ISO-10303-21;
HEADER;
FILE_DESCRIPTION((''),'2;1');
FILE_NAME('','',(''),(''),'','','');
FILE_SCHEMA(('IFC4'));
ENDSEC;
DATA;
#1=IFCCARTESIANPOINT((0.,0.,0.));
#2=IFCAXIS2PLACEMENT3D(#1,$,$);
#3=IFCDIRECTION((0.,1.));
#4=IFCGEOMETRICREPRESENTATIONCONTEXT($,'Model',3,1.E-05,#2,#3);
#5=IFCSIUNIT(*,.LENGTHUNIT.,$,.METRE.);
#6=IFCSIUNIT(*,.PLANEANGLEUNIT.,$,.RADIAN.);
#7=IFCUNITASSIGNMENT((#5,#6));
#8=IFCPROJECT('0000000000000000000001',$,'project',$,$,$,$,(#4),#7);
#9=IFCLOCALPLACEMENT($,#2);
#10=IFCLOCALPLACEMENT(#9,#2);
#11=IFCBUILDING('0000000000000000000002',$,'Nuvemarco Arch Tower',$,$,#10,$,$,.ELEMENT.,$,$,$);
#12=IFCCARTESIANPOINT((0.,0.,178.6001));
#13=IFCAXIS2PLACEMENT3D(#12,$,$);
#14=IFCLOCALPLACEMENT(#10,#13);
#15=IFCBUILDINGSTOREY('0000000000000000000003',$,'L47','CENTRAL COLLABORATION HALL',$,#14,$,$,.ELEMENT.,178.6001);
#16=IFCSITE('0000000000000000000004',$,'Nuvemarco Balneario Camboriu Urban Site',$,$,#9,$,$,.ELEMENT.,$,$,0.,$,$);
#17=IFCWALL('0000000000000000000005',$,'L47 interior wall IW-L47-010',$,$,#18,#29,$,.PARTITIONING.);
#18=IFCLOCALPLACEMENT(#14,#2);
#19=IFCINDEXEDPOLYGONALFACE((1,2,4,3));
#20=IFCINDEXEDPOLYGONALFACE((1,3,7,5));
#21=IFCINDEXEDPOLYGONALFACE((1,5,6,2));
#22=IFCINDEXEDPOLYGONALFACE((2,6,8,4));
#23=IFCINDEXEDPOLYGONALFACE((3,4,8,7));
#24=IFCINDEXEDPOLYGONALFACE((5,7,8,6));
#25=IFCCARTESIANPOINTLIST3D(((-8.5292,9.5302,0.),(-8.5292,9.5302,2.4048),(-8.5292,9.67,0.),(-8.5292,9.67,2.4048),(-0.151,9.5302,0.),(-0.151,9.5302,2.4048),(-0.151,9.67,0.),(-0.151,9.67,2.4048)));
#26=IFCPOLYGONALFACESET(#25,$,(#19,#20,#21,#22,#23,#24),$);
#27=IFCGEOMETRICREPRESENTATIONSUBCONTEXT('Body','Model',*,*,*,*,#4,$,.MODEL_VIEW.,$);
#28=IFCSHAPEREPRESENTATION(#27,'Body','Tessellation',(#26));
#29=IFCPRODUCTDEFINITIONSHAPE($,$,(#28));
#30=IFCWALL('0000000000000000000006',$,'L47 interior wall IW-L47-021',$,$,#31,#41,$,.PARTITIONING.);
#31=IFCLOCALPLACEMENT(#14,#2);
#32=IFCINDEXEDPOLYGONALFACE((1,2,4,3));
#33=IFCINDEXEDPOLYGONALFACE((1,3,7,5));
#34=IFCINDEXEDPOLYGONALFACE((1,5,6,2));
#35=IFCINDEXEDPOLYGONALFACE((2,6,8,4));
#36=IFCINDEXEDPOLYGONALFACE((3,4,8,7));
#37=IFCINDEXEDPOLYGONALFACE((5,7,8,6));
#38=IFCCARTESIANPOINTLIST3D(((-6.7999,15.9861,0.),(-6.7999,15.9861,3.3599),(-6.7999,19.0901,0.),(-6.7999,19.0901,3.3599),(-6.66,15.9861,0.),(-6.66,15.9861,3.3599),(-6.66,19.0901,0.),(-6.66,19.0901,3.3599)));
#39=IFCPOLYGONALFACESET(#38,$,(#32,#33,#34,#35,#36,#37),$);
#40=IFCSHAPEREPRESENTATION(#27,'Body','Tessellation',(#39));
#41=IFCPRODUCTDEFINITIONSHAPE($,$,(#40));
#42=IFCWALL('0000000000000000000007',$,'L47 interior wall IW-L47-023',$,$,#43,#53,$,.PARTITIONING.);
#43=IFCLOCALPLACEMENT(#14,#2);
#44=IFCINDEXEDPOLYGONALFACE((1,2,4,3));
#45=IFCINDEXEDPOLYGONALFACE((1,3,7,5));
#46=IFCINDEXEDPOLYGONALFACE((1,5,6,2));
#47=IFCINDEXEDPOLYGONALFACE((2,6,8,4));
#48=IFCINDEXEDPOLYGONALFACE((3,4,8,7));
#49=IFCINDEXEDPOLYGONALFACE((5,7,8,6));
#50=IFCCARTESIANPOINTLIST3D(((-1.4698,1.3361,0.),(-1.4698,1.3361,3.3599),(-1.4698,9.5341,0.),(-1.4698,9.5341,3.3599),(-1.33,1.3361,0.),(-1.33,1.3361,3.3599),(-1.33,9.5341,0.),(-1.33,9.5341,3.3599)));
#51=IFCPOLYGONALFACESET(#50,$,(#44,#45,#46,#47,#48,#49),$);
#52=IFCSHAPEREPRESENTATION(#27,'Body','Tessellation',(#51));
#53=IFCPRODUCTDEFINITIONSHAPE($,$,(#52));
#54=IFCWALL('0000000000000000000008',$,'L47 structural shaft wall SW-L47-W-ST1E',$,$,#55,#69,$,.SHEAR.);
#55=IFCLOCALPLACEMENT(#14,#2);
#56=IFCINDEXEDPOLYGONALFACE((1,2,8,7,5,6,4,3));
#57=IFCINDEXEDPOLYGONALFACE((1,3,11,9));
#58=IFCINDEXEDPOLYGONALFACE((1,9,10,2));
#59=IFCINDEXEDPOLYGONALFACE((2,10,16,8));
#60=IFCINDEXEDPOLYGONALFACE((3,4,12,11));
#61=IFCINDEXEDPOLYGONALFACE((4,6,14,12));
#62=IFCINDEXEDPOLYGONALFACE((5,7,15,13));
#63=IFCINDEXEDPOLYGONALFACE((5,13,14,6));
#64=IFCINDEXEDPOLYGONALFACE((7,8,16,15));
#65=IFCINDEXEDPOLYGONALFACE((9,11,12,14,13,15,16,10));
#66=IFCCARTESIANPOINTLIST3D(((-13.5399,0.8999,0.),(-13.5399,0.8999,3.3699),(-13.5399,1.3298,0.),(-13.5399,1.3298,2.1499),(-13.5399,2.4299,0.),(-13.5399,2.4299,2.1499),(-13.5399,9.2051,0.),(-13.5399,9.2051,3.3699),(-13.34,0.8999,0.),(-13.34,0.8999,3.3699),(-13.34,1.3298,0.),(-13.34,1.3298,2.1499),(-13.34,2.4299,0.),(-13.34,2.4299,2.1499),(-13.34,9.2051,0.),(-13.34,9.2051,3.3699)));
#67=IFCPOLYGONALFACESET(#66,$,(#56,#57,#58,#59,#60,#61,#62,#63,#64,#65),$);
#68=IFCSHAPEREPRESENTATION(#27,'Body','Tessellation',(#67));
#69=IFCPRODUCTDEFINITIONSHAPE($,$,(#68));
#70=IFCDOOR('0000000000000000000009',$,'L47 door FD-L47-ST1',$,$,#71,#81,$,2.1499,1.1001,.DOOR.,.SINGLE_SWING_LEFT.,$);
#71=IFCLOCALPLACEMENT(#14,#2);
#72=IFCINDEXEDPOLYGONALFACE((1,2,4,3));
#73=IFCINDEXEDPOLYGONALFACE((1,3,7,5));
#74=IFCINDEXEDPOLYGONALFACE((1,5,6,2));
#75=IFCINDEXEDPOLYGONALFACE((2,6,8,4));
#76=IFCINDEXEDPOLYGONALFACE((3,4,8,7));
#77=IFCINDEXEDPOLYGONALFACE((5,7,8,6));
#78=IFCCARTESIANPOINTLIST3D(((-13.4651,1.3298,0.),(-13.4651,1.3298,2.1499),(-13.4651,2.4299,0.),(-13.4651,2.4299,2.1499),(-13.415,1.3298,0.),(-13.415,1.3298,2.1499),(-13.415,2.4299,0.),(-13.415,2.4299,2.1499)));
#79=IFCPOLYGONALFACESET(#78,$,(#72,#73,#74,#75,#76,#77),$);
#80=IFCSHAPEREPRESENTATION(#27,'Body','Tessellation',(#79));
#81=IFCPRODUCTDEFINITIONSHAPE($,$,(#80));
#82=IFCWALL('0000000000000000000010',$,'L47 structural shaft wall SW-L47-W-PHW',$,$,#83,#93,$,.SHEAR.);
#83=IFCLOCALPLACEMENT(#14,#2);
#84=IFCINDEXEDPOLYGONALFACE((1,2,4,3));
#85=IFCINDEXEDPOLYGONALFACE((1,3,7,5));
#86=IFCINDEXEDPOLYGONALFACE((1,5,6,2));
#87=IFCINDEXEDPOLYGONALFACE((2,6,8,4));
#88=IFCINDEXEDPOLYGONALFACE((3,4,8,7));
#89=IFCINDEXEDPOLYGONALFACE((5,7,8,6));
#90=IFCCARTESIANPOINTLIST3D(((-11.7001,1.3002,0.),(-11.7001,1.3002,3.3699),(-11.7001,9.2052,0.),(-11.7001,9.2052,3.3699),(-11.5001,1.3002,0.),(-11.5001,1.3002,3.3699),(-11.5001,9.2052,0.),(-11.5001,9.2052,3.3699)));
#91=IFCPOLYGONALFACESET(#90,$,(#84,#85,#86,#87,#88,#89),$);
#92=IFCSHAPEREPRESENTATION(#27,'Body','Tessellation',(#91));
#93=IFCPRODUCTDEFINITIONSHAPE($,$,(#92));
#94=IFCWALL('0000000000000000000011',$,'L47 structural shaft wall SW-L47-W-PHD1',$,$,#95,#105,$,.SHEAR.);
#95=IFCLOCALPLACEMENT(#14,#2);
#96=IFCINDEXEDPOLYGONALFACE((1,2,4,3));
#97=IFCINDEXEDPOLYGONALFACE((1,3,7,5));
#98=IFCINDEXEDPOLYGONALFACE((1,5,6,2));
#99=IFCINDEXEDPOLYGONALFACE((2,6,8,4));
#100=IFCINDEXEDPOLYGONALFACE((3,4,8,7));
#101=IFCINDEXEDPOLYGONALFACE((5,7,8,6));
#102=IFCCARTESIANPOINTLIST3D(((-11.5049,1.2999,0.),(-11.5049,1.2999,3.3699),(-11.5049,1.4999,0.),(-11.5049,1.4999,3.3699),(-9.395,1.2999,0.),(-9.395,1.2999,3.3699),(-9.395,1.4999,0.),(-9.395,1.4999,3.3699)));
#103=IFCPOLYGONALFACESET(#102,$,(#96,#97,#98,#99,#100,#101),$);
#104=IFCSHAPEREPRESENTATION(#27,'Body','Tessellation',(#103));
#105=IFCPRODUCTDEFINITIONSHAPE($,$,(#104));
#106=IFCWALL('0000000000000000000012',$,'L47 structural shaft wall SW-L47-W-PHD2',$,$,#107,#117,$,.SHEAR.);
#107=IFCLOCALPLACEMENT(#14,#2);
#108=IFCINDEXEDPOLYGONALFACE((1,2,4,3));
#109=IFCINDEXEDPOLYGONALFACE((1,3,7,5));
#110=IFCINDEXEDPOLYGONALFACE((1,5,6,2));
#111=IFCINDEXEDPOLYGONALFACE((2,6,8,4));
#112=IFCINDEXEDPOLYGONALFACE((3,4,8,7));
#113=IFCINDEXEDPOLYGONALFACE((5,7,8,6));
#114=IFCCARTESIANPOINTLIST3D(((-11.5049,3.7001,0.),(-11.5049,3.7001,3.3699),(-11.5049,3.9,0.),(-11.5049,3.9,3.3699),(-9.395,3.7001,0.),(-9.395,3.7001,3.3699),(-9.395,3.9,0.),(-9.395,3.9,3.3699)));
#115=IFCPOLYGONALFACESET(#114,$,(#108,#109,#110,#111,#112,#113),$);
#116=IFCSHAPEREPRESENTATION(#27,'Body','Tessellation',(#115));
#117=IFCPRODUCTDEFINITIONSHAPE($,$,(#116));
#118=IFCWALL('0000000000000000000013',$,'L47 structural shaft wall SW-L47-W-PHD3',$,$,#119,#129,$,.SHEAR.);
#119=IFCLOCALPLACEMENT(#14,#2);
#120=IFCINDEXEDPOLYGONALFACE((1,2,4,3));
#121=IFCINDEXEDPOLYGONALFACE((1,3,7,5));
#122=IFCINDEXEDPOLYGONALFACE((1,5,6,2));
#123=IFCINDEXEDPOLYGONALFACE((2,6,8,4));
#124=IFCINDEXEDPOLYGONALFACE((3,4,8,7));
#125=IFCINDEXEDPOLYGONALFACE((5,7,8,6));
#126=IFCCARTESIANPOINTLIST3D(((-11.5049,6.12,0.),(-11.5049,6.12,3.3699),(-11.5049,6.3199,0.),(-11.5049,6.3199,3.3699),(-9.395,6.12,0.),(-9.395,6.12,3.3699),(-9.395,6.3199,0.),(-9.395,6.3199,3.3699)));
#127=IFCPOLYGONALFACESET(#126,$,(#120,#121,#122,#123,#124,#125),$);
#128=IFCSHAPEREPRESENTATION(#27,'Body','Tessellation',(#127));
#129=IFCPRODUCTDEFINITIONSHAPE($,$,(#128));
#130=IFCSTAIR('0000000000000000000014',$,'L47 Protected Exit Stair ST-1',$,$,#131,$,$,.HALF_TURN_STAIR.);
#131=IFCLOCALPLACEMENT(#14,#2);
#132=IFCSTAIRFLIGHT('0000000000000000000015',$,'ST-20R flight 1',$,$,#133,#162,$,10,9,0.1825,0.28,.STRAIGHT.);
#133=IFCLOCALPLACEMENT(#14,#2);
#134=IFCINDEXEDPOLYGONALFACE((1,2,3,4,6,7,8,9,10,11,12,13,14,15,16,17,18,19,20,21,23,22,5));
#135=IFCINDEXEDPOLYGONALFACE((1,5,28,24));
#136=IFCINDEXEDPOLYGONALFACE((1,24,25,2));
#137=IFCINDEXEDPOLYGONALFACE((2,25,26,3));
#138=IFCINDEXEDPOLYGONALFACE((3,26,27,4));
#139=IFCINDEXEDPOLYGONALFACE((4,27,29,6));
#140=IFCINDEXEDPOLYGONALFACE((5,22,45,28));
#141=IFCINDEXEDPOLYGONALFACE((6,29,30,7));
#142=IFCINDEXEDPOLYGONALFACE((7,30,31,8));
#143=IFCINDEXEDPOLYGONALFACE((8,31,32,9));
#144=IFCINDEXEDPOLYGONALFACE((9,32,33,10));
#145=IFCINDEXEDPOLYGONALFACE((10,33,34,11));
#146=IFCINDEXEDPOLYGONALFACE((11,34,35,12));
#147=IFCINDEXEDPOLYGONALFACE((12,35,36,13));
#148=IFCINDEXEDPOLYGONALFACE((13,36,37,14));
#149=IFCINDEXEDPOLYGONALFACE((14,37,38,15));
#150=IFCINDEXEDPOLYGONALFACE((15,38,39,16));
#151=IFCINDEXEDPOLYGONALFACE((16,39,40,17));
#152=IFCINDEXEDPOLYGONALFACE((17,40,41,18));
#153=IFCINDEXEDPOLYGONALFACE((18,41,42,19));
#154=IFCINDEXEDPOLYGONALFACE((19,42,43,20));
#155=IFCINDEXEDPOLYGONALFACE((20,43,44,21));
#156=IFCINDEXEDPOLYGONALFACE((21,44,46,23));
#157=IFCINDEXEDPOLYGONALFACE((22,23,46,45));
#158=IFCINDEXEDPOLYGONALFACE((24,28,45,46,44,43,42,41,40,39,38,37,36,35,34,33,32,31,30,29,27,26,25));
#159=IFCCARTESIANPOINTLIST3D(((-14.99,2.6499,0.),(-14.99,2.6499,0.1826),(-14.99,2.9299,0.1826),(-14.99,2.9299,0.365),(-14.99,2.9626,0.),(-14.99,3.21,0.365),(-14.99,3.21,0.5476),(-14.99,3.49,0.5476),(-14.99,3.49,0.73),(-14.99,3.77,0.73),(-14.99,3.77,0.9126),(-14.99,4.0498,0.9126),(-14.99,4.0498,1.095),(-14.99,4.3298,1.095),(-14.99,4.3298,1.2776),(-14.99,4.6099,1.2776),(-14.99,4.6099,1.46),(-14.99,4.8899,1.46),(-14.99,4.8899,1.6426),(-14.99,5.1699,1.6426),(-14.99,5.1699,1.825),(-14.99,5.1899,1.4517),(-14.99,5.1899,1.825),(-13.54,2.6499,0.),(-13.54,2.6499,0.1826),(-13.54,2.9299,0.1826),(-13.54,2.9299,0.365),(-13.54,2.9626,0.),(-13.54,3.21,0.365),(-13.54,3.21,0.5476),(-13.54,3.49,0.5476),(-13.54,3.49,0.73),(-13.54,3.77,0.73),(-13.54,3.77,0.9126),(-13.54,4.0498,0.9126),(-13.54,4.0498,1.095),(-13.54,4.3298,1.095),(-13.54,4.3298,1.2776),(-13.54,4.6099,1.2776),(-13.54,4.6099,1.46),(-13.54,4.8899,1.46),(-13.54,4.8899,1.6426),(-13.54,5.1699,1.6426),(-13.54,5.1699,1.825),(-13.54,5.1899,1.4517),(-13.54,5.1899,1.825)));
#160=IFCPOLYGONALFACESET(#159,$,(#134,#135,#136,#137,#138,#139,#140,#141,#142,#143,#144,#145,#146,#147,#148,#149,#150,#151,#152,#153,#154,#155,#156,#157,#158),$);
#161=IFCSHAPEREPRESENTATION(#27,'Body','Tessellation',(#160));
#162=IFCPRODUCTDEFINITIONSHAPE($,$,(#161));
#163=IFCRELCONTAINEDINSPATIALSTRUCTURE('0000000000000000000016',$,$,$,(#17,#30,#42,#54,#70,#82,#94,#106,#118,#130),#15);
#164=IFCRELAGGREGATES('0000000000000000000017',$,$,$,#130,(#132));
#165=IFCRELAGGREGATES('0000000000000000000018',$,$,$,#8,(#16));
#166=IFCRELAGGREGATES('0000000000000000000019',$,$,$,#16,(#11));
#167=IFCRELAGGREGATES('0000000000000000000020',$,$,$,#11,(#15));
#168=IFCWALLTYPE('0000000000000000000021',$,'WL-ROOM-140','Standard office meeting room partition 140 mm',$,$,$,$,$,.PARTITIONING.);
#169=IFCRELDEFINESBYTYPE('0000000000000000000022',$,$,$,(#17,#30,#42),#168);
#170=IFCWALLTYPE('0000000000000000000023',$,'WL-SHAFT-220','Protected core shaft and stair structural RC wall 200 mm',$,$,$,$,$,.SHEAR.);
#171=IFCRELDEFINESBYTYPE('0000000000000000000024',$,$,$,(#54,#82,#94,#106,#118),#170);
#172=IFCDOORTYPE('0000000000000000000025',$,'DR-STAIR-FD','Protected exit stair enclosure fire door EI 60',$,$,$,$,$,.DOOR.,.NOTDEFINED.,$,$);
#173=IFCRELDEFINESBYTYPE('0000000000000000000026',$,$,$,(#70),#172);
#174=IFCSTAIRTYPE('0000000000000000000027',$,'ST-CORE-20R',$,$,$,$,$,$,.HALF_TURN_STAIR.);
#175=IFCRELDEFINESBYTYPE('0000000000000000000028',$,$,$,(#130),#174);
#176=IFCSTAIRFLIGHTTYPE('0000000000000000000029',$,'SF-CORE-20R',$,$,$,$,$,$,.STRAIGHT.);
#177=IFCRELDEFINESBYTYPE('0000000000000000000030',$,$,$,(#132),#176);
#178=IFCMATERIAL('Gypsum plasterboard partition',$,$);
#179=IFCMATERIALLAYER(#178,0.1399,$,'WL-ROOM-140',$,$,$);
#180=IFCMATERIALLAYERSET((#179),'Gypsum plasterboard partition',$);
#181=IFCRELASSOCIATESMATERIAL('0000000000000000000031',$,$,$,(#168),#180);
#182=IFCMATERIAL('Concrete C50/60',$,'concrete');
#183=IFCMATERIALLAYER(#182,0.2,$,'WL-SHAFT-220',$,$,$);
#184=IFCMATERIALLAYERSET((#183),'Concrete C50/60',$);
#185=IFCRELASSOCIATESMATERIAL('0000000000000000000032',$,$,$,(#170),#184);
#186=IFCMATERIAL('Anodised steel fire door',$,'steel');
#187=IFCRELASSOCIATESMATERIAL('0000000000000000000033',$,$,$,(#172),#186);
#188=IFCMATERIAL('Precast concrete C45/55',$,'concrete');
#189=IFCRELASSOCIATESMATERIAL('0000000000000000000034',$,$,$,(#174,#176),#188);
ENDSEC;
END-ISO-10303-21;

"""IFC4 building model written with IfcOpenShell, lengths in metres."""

from ifc_helpers import new_model, si_unit, direction, frame, frame_2d, origin, place, context, subcontext, project, spatial, polyline, rectangle, outline, extrude, source, transform, mapped, material, layer, layer_set, type_object, type_shapes, element, fill, aggregate, save


model = new_model("IFC4")

# Units and contexts
model_context = context("Model", 3, precision=1e-05, world=origin(), true_north=direction((0.0, 1.0)))
body_context = subcontext(model_context, "Body", "Model", "MODEL_VIEW")
ifc_project = project(units=[si_unit("LENGTHUNIT", "METRE"), si_unit("PLANEANGLEUNIT", "RADIAN")], contexts=[model_context])

# Site, building, storey
site_placement = place(None, origin())
site = spatial("IfcSite", under=ifc_project, at=site_placement, Name="Nuvemarco Balneario Camboriu Urban Site", CompositionType="ELEMENT", RefElevation=0.0)
building_placement = place(site_placement, origin())
building = spatial("IfcBuilding", under=site, at=building_placement, Name="Nuvemarco Arch Tower", CompositionType="ELEMENT")
storey_placement = place(building_placement, frame((0.0, 0.0, 178.6001)))
storey = spatial("IfcBuildingStorey", under=building, at=storey_placement, Name="L47", Description="CENTRAL COLLABORATION HALL", CompositionType="ELEMENT", Elevation=178.6001)

# Shared definitions
ifc_material_1 = material(Name="Concrete C50/60", Category="concrete")

# Shared definitions
ifc_material_2 = material(Name="Precast concrete C45/55", Category="concrete")

# Walls
ifc_material_3 = material(Name="Gypsum plasterboard partition")
ifc_layer_1 = layer(ifc_material_3, 0.1399, Name="WL-ROOM-140")
ifc_layer_set_1 = layer_set([ifc_layer_1], Name="Gypsum plasterboard partition")
wall_type_1 = type_object("IfcWallType", Name="WL-ROOM-140", Description="Standard office meeting room partition 140 mm", PredefinedType="PARTITIONING", material=ifc_layer_set_1)
wall_1_placement = place(storey_placement, frame((-8.5291, 9.6001, 0.0), z_axis=(0.0, 0.0, 1.0), x_axis=(1.0, 0.0, 0.0)))
element("IfcWall", 1, at=wall_1_placement, inside=storey, type_object=wall_type_1, Name="L47 interior wall IW-L47-010", PredefinedType="PARTITIONING", context=body_context, shape_type="SweptSolid", body=[
    extrude(rectangle(XDim=8.3782, YDim=0.1399, at=frame_2d((4.189, 0.0))), origin(), (0.0, 0.0, 1.0), 2.4048),
])
wall_2_placement = place(storey_placement, frame((-6.73, 15.9861, 0.0), z_axis=(0.0, 0.0, 1.0), x_axis=(0.0, 1.0, 0.0)))
element("IfcWall", 2, at=wall_2_placement, inside=storey, type_object=wall_type_1, Name="L47 interior wall IW-L47-021", PredefinedType="PARTITIONING", context=body_context, shape_type="SweptSolid", body=[
    extrude(rectangle(XDim=3.104, YDim=0.1399, at=frame_2d((1.552, 0.0))), origin(), (0.0, 0.0, 1.0), 3.3599),
])
wall_3_placement = place(storey_placement, frame((-1.3999, 1.3359, 0.0), z_axis=(0.0, 0.0, 1.0), x_axis=(0.0, 1.0, 0.0)))
element("IfcWall", 3, at=wall_3_placement, inside=storey, type_object=wall_type_1, Name="L47 interior wall IW-L47-023", PredefinedType="PARTITIONING", context=body_context, shape_type="SweptSolid", body=[
    extrude(rectangle(XDim=8.198, YDim=0.1399, at=frame_2d((4.0991, 0.0))), origin(), (0.0, 0.0, 1.0), 3.3599),
])

# Wall, opening, door
ifc_layer_2 = layer(ifc_material_1, 0.2, Name="WL-SHAFT-220")
ifc_layer_set_2 = layer_set([ifc_layer_2], Name="Concrete C50/60")
wall_type_2 = type_object("IfcWallType", Name="WL-SHAFT-220", Description="Protected core shaft and stair structural RC wall 200 mm", PredefinedType="SHEAR", material=ifc_layer_set_2)
wall_4_placement = place(storey_placement, frame((-13.4399, 0.8999, 0.0), z_axis=(0.0, 0.0, 1.0), x_axis=(0.0, 1.0, 0.0)))
wall_4 = element("IfcWall", 4, at=wall_4_placement, inside=storey, type_object=wall_type_2, Name="L47 structural shaft wall SW-L47-W-ST1E", PredefinedType="SHEAR", context=body_context, shape_type="SweptSolid", body=[
    extrude(rectangle(XDim=8.3052, YDim=0.2, at=frame_2d((4.1526, 0.0))), origin(), (0.0, 0.0, 1.0), 3.3699),
])
opening_1_placement = place(wall_4_placement, frame((1.53, 0.0, 0.0), z_axis=(0.0, 0.0, 1.0), x_axis=(-1.0, 0.0, 0.0)))
opening_1 = element("IfcOpeningElement", 5, at=opening_1_placement, cuts=wall_4, PredefinedType="OPENING", context=body_context, shape_type="SweptSolid", body=[
    extrude(rectangle(XDim=1.1001, YDim=2.1499, at=frame_2d((0.55, 1.075))), frame((0.0, 0.1099, 0.0), z_axis=(0.0, -1.0, 0.0), x_axis=(1.0, 0.0, 0.0)), (0.0, 0.0, 1.0), 0.22),
])
ifc_material_4 = material(Name="Anodised steel fire door", Category="steel")
door_type_1 = type_object("IfcDoorType", Name="DR-STAIR-FD", Description="Protected exit stair enclosure fire door EI 60", OperationType="NOTDEFINED", PredefinedType="DOOR", material=ifc_material_4)
shared_shape_1 = source(origin(), body_context, "Body", "SweptSolid", [
    extrude(rectangle(XDim=1.1001, YDim=2.1499, at=frame_2d((0.55, 1.075))), frame((0.0, 0.0249, 0.0), z_axis=(0.0, -1.0, 0.0), x_axis=(1.0, 0.0, 0.0)), (0.0, 0.0, 1.0), 0.05),
])
type_shapes(door_type_1, [shared_shape_1])
door_1_placement = place(opening_1_placement, origin())
door_1 = element("IfcDoor", 6, at=door_1_placement, inside=storey, type_object=door_type_1, Name="L47 door FD-L47-ST1", OperationType="SINGLE_SWING_LEFT", OverallHeight=2.1499, OverallWidth=1.1001, PredefinedType="DOOR", context=body_context, shape_type="MappedRepresentation", body=[
    mapped(shared_shape_1, transform((0.0, 0.0, 0.0), scale=1.0)),
])
fill(opening_1, door_1)

# Walls
wall_5_placement = place(storey_placement, frame((-11.6001, 1.3, 0.0), z_axis=(0.0, 0.0, 1.0), x_axis=(0.0, 1.0, 0.0)))
element("IfcWall", 7, at=wall_5_placement, inside=storey, type_object=wall_type_2, Name="L47 structural shaft wall SW-L47-W-PHW", PredefinedType="SHEAR", context=body_context, shape_type="SweptSolid", body=[
    extrude(rectangle(XDim=7.905, YDim=0.2, at=frame_2d((3.9526, 0.0))), origin(), (0.0, 0.0, 1.0), 3.3699),
])
for number, where, z_axis, x_axis, name in (
    (8, (-11.5049, 1.3999, 0.0), (0.0, 0.0, 1.0), (1.0, 0.0, 0.0), "L47 structural shaft wall SW-L47-W-PHD1"),
    (9, (-11.5049, 3.8, 0.0), (0.0, 0.0, 1.0), (1.0, 0.0, 0.0), "L47 structural shaft wall SW-L47-W-PHD2"),
    (10, (-11.5049, 6.22, 0.0), (0.0, 0.0, 1.0), (1.0, 0.0, 0.0), "L47 structural shaft wall SW-L47-W-PHD3"),
):
    element("IfcWall", number, at=place(storey_placement, frame(where, z_axis=z_axis, x_axis=x_axis)), inside=storey, type_object=wall_type_2, Name=name, PredefinedType="SHEAR", context=body_context, shape_type="SweptSolid", body=[
        extrude(rectangle(XDim=2.1099, YDim=0.2, at=frame_2d((1.0549, 0.0))), origin(), (0.0, 0.0, 1.0), 3.3699),
    ])

# Stair, stair flight
stair_type = type_object("IfcStairType", Name="ST-CORE-20R", PredefinedType="HALF_TURN_STAIR", material=ifc_material_2)
stair_placement = place(storey_placement, origin())
stair = element("IfcStair", 11, at=stair_placement, inside=storey, type_object=stair_type, Name="L47 Protected Exit Stair ST-1", PredefinedType="HALF_TURN_STAIR")
stair_flight_type = type_object("IfcStairFlightType", Name="SF-CORE-20R", PredefinedType="STRAIGHT", material=ifc_material_2)
stair_flight_1_placement = place(storey_placement, frame((-14.2649, 2.6499, 0.0), z_axis=(0.0, 0.0, 1.0), x_axis=(0.0, 1.0, 0.0)))
stair_flight_1 = element("IfcStairFlight", 12, at=stair_flight_1_placement, type_object=stair_flight_type, Name="ST-20R flight 1", NumberOfRisers=10, NumberOfTreads=9, PredefinedType="STRAIGHT", RiserHeight=0.1825, TreadLength=0.28, context=body_context, shape_type="SweptSolid", body=[
    extrude(outline(polyline([(0.0, 0.0), (0.0, 0.1826), (0.28, 0.1826), (0.28, 0.365), (0.5601, 0.365), (0.5601, 0.5476), (0.8401, 0.5476), (0.8401, 0.73), (1.1201, 0.73), (1.1201, 0.9126), (1.3999, 0.9126), (1.3999, 1.095), (1.6799, 1.095), (1.6799, 1.2776), (1.96, 1.2776), (1.96, 1.46), (2.24, 1.46), (2.24, 1.6426), (2.52, 1.6426), (2.52, 1.825), (2.54, 1.825), (2.54, 1.4517), (0.3127, 0.0), (0.0, 0.0)])), frame((0.0, 0.7251, 0.0), z_axis=(0.0, -1.0, 0.0), x_axis=(1.0, 0.0, 0.0)), (0.0, 0.0, 1.0), 1.45),
])
aggregate(stair, [stair_flight_1])

save(model, "model.ifc")
